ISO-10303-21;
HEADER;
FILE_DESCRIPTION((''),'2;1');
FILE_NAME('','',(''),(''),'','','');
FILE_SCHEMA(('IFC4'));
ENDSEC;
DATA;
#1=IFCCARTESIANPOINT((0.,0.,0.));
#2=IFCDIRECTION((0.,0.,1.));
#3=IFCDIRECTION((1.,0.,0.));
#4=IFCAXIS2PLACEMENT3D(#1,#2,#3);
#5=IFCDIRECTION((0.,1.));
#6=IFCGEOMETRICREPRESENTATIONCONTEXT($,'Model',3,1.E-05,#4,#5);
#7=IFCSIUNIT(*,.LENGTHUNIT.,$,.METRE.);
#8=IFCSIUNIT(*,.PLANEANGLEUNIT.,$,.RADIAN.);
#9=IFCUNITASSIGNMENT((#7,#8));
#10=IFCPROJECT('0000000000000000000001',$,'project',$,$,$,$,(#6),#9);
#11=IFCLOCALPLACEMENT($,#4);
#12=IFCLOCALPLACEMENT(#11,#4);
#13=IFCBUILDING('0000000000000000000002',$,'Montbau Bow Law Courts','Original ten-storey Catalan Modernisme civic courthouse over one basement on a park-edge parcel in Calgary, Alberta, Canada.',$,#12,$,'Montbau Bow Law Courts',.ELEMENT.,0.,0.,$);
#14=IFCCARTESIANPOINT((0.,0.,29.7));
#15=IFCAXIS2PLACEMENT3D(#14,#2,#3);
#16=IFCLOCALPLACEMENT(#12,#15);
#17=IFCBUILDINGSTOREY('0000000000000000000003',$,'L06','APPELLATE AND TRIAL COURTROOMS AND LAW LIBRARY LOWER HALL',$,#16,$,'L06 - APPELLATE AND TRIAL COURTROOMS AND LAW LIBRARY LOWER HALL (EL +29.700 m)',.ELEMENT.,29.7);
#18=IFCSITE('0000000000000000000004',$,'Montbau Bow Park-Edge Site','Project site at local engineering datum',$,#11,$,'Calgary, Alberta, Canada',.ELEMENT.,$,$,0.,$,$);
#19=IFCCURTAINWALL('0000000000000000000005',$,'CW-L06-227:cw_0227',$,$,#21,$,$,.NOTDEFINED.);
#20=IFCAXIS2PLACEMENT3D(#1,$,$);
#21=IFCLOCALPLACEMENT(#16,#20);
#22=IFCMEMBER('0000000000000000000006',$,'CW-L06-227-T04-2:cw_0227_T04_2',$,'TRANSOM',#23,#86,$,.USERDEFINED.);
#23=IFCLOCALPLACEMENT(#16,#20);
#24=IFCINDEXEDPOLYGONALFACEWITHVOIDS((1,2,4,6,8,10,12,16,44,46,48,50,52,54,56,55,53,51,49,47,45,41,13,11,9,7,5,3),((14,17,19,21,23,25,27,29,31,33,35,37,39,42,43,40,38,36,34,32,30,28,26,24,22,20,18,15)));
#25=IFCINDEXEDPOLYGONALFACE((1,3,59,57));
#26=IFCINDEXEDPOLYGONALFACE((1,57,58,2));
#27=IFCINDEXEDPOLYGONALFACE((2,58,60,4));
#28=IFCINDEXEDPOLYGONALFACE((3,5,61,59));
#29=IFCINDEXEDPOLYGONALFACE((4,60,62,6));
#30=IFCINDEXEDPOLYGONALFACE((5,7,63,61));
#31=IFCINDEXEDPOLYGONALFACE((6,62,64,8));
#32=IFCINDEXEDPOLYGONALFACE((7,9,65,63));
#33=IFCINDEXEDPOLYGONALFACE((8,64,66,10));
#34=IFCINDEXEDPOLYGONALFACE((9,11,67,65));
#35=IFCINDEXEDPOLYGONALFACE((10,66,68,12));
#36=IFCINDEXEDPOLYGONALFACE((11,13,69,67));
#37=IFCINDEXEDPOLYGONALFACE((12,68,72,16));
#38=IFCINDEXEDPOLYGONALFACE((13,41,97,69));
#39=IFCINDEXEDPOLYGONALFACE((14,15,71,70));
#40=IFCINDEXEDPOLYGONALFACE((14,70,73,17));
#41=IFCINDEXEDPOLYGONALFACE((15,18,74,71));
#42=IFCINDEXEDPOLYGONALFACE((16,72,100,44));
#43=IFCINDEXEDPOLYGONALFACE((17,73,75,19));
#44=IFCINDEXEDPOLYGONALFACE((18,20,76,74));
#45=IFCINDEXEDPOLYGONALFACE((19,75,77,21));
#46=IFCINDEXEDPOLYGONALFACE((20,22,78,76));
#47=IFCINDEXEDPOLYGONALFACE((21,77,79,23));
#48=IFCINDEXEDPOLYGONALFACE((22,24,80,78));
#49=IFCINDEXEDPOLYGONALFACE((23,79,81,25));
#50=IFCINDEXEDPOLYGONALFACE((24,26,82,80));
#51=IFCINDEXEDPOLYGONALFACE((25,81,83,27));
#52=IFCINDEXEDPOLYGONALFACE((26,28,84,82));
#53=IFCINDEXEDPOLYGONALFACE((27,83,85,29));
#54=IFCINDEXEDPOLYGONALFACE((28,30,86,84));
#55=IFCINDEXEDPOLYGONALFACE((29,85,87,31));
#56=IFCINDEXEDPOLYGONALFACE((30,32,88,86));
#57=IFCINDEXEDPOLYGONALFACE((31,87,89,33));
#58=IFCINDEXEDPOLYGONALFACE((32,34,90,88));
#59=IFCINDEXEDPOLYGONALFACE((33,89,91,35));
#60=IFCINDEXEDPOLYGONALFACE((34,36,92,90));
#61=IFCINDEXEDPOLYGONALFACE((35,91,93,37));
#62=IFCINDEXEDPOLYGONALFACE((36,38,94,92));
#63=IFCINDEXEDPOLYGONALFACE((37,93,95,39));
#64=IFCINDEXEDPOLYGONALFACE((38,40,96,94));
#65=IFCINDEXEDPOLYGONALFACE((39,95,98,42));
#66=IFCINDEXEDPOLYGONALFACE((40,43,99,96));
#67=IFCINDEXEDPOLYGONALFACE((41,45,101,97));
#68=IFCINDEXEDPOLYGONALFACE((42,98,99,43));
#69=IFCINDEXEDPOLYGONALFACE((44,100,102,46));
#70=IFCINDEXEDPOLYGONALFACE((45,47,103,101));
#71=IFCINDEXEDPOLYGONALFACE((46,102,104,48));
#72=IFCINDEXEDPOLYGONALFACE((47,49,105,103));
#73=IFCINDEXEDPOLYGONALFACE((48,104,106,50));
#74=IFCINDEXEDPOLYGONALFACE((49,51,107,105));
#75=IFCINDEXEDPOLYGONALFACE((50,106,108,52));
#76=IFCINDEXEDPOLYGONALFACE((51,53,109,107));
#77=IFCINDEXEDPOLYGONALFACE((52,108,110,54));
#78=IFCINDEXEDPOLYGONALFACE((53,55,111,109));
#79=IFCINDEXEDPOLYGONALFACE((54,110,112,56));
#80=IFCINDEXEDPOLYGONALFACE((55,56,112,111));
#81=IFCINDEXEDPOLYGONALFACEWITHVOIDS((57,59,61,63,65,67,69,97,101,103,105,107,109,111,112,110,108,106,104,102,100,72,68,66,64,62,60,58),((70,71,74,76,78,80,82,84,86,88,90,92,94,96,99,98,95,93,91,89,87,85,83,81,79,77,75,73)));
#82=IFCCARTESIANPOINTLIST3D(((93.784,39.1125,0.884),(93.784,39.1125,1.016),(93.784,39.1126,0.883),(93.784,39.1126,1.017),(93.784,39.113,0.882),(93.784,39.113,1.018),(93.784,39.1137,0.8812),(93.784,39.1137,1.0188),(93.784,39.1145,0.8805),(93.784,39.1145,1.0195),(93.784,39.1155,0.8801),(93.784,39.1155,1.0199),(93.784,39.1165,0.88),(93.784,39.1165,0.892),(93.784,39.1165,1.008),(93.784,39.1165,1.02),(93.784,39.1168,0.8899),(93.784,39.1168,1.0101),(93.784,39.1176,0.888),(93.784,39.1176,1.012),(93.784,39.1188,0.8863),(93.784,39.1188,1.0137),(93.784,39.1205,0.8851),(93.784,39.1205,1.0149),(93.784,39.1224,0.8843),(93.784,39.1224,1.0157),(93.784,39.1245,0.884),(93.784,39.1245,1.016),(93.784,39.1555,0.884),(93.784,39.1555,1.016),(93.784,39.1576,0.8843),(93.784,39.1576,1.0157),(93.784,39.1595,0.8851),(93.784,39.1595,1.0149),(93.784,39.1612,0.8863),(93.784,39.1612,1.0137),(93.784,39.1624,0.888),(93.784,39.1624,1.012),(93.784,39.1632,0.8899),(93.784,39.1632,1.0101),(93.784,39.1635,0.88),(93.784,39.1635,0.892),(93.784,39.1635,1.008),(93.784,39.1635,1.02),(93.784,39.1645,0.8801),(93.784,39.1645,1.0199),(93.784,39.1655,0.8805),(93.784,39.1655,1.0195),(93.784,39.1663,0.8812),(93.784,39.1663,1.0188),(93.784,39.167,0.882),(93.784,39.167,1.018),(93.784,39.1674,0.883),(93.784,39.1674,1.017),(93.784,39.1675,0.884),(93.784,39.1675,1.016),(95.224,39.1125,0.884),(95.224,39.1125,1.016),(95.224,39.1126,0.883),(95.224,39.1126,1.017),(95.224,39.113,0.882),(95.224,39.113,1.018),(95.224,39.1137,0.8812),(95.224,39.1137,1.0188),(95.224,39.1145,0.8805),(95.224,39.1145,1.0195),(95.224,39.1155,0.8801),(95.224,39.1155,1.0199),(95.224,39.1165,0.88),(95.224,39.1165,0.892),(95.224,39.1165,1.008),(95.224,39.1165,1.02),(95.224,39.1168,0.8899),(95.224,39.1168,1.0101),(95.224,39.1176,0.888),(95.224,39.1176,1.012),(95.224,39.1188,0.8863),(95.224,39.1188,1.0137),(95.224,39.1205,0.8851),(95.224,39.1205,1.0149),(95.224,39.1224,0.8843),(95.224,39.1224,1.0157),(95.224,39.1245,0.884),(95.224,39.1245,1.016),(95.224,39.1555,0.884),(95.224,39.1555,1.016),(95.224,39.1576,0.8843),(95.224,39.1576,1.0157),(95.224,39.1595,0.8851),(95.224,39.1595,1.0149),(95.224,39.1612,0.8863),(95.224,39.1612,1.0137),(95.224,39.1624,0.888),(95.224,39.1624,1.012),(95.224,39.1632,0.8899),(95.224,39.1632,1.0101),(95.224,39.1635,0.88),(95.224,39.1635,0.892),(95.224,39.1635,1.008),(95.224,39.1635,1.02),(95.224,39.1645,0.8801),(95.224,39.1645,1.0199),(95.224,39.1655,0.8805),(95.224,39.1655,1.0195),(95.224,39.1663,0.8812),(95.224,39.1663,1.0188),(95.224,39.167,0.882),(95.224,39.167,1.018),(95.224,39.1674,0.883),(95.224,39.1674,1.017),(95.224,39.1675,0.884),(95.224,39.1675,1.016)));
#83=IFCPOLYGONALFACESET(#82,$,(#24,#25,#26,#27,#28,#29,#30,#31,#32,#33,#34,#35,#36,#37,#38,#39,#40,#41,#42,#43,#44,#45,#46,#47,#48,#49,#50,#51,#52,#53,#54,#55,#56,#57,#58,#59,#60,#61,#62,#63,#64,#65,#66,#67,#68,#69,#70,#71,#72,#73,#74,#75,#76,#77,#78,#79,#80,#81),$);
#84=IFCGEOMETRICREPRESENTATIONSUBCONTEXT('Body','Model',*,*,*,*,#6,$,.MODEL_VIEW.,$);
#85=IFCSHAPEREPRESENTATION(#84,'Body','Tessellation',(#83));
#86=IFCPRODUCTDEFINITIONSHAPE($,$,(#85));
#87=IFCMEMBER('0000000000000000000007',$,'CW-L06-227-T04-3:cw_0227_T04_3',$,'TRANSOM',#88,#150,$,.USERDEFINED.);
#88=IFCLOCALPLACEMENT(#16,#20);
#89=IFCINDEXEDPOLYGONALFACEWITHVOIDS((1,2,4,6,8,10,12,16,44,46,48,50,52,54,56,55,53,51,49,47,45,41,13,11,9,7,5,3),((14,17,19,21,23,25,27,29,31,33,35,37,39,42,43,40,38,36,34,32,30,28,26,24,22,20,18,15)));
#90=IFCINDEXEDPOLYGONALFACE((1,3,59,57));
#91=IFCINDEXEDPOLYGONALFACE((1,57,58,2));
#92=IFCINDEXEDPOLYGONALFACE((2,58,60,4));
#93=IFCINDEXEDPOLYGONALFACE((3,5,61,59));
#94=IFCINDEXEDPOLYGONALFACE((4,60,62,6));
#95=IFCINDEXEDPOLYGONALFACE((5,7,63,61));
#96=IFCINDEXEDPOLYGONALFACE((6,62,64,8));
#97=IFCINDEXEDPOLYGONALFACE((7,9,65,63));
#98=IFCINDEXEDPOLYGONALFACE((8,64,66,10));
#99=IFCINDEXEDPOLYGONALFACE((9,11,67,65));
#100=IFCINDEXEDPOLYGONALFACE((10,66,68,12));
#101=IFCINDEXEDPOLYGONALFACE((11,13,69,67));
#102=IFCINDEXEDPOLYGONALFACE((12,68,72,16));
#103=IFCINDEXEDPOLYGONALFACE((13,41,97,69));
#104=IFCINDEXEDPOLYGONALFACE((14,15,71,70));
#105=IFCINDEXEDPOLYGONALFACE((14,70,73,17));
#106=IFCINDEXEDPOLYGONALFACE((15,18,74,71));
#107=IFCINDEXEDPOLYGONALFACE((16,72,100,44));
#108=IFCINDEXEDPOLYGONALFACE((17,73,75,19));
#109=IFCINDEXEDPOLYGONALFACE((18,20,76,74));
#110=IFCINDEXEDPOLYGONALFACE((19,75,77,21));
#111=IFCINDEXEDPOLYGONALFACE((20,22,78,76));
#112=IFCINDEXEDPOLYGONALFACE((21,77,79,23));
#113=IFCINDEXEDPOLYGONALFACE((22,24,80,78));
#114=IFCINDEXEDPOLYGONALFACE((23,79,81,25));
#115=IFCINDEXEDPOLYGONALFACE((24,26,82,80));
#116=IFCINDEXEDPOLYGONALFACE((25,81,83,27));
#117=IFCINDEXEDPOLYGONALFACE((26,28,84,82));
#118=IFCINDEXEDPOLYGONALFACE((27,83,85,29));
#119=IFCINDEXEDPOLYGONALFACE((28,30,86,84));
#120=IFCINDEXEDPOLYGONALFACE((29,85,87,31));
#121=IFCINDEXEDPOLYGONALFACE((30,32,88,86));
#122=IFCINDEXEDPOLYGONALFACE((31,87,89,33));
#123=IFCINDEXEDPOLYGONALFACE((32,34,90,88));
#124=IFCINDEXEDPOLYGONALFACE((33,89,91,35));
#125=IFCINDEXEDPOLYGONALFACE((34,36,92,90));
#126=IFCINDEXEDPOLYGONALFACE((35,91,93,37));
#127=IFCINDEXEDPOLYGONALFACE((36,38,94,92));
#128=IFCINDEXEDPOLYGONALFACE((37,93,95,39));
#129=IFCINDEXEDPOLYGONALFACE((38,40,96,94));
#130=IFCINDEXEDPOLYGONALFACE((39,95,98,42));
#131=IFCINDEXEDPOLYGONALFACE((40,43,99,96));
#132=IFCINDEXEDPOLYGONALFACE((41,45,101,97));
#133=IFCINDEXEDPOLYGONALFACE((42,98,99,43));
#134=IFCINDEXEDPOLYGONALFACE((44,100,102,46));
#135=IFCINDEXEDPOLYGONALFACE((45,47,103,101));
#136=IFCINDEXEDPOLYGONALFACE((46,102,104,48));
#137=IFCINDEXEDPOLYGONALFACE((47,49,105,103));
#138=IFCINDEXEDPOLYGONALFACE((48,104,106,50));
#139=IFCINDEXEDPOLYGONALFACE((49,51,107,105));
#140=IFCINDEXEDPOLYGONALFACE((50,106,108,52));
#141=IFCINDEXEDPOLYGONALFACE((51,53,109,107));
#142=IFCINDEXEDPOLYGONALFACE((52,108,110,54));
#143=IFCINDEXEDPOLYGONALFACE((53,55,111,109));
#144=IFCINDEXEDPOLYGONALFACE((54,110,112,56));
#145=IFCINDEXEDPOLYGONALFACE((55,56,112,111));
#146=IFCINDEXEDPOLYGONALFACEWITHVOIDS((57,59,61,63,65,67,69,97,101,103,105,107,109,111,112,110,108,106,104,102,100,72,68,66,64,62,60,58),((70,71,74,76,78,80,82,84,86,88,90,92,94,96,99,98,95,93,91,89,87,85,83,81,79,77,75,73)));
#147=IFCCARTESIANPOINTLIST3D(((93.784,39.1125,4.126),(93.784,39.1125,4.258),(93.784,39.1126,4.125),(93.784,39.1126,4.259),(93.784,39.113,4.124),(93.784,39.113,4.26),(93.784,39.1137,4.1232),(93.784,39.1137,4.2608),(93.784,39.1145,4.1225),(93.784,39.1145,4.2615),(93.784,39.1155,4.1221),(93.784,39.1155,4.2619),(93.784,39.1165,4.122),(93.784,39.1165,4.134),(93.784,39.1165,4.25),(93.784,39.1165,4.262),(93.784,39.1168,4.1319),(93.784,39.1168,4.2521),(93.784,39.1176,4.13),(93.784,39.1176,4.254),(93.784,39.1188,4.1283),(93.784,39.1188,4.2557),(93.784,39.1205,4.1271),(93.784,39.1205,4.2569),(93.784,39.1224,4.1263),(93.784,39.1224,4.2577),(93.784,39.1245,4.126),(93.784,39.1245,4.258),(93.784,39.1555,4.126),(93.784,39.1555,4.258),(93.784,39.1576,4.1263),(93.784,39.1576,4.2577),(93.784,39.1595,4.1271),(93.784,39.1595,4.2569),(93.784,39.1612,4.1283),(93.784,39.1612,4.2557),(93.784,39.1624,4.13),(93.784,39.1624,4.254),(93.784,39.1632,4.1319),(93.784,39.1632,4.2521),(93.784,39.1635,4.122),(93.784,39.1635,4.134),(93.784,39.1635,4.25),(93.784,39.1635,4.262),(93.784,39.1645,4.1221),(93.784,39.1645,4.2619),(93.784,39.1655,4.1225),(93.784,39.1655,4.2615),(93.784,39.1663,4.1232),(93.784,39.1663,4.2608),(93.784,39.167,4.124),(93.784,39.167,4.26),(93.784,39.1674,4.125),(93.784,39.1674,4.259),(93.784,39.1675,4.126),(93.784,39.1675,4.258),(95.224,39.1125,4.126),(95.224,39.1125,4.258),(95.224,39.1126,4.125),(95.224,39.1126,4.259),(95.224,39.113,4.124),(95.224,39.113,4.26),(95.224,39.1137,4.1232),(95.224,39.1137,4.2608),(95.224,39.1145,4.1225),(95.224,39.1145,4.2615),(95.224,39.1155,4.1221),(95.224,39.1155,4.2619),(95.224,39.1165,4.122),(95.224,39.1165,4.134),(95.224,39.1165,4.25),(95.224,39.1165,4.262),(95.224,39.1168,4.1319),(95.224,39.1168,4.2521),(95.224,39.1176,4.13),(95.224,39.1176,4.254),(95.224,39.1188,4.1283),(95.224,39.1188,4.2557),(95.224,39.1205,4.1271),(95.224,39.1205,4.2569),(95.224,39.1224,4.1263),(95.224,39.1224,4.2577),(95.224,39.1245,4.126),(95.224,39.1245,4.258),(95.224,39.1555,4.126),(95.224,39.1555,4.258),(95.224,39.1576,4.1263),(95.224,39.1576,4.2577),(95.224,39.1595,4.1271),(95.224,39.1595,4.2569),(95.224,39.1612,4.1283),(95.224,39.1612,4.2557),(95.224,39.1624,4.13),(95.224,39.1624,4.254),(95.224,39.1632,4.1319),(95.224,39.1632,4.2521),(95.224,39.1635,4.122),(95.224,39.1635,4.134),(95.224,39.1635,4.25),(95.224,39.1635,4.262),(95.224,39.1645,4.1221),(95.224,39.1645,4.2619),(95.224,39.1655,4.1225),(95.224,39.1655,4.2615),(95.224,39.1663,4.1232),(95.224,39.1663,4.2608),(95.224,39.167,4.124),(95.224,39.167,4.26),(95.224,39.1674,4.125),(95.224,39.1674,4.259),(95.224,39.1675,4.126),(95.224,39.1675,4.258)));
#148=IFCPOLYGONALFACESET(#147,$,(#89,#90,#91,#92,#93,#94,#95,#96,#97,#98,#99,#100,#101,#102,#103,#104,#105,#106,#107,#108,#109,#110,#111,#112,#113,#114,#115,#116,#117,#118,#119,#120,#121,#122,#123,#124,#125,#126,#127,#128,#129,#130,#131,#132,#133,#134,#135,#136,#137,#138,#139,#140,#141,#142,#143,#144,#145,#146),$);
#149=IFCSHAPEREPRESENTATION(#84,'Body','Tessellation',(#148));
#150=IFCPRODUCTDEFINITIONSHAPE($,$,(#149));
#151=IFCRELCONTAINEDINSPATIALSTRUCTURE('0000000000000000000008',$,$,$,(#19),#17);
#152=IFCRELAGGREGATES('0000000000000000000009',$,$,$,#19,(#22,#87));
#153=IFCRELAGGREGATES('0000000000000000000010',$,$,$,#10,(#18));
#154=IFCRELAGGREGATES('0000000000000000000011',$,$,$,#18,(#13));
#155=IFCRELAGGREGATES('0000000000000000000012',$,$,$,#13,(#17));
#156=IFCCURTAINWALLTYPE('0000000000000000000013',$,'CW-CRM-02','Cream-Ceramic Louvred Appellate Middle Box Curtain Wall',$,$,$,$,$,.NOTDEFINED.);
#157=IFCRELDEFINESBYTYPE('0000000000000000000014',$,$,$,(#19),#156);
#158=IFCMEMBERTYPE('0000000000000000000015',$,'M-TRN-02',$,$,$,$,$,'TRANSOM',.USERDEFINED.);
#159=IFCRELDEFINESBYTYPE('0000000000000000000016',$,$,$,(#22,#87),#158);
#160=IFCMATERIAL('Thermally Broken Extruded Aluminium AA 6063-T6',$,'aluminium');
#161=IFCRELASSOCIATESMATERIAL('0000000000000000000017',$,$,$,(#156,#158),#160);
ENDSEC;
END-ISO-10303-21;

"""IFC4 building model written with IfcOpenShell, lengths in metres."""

from ifc_helpers import new_model, si_unit, direction, frame, origin_with_axes, origin_2d_with_axis, place, context, subcontext, project, spatial, hollow_rectangle, extrude, material, material_profile, profile_set, type_object, element, aggregate, save


model = new_model("IFC4")

# Units and contexts
model_context = context("Model", 3, precision=1e-05, world=origin_with_axes(), true_north=direction((0.0, 1.0)))
body_context = subcontext(model_context, "Body", "Model", "MODEL_VIEW")
ifc_project = project(units=[si_unit("LENGTHUNIT", "METRE"), si_unit("PLANEANGLEUNIT", "RADIAN")], contexts=[model_context])

# Site, building, storey
site_placement = place(None, origin_with_axes())
site = spatial("IfcSite", under=ifc_project, at=site_placement, Name="Montbau Bow Park-Edge Site", Description="Project site at local engineering datum", LongName="Calgary, Alberta, Canada", CompositionType="ELEMENT", RefElevation=0.0)
building_placement = place(site_placement, origin_with_axes())
building = spatial("IfcBuilding", under=site, at=building_placement, Name="Montbau Bow Law Courts", Description="Original ten-storey Catalan Modernisme civic courthouse over one basement on a park-edge parcel in Calgary, Alberta, Canada.", LongName="Montbau Bow Law Courts", CompositionType="ELEMENT", ElevationOfRefHeight=0.0, ElevationOfTerrain=0.0)
storey_placement = place(building_placement, frame((0.0, 0.0, 29.7), z_axis=(0.0, 0.0, 1.0), x_axis=(1.0, 0.0, 0.0)))
storey = spatial("IfcBuildingStorey", under=building, at=storey_placement, Name="L06", Description="APPELLATE AND TRIAL COURTROOMS AND LAW LIBRARY LOWER HALL", LongName="L06 - APPELLATE AND TRIAL COURTROOMS AND LAW LIBRARY LOWER HALL (EL +29.700 m)", CompositionType="ELEMENT", Elevation=29.7)

# Curtain wall, members
ifc_material_1 = material(Name="Thermally Broken Extruded Aluminium AA 6063-T6", Category="aluminium")
curtain_wall_type = type_object("IfcCurtainWallType", Name="CW-CRM-02", Description="Cream-Ceramic Louvred Appellate Middle Box Curtain Wall", PredefinedType="NOTDEFINED", material=ifc_material_1)
curtain_wall_placement = place(None, frame((89.24, 39.14, 29.7), z_axis=(0.0, 0.0, 1.0), x_axis=(1.0, 0.0, 0.0)))
curtain_wall = element("IfcCurtainWall", 1, at=curtain_wall_placement, inside=storey, type_object=curtain_wall_type, Name="CW-L06-227:cw_0227", PredefinedType="NOTDEFINED")
ifc_material_profile_1 = material_profile(ifc_material_1, hollow_rectangle(XDim=0.055, YDim=0.14, WallThickness=0.004, InnerFilletRadius=0.008, OuterFilletRadius=0.004, at=origin_2d_with_axis()), Name="CWT-140X55", Category="Main", Priority=0)
ifc_profile_set_1 = profile_set([ifc_material_profile_1], Name="Thermally Broken Extruded Aluminium AA 6063-T6")
member_type_1 = type_object("IfcMemberType", Name="M-TRN-02", ElementType="TRANSOM", PredefinedType="USERDEFINED", material=ifc_profile_set_1)
member_1_placement = place(None, frame((93.784, 39.14, 30.65), z_axis=(1.0, 0.0, 0.0), x_axis=(0.0, 1.0, 0.0)))
member_1 = element("IfcMember", 2, at=member_1_placement, type_object=member_type_1, Name="CW-L06-227-T04-2:cw_0227_T04_2", ObjectType="TRANSOM", PredefinedType="USERDEFINED", context=body_context, shape_type="SweptSolid", body=[
    extrude(hollow_rectangle(XDim=0.055, YDim=0.14, WallThickness=0.004, InnerFilletRadius=0.008, OuterFilletRadius=0.004, at=origin_2d_with_axis()), origin_with_axes(), (0.0, 0.0, 1.0), 1.44),
])
member_2_placement = place(None, frame((93.784, 39.14, 33.892), z_axis=(1.0, 0.0, 0.0), x_axis=(0.0, 1.0, 0.0)))
member_2 = element("IfcMember", 3, at=member_2_placement, type_object=member_type_1, Name="CW-L06-227-T04-3:cw_0227_T04_3", ObjectType="TRANSOM", PredefinedType="USERDEFINED", context=body_context, shape_type="SweptSolid", body=[
    extrude(hollow_rectangle(XDim=0.055, YDim=0.14, WallThickness=0.004, InnerFilletRadius=0.008, OuterFilletRadius=0.004, at=origin_2d_with_axis()), origin_with_axes(), (0.0, 0.0, 1.0), 1.44),
])
aggregate(curtain_wall, [member_1, member_2])

save(model, "model.ifc")
